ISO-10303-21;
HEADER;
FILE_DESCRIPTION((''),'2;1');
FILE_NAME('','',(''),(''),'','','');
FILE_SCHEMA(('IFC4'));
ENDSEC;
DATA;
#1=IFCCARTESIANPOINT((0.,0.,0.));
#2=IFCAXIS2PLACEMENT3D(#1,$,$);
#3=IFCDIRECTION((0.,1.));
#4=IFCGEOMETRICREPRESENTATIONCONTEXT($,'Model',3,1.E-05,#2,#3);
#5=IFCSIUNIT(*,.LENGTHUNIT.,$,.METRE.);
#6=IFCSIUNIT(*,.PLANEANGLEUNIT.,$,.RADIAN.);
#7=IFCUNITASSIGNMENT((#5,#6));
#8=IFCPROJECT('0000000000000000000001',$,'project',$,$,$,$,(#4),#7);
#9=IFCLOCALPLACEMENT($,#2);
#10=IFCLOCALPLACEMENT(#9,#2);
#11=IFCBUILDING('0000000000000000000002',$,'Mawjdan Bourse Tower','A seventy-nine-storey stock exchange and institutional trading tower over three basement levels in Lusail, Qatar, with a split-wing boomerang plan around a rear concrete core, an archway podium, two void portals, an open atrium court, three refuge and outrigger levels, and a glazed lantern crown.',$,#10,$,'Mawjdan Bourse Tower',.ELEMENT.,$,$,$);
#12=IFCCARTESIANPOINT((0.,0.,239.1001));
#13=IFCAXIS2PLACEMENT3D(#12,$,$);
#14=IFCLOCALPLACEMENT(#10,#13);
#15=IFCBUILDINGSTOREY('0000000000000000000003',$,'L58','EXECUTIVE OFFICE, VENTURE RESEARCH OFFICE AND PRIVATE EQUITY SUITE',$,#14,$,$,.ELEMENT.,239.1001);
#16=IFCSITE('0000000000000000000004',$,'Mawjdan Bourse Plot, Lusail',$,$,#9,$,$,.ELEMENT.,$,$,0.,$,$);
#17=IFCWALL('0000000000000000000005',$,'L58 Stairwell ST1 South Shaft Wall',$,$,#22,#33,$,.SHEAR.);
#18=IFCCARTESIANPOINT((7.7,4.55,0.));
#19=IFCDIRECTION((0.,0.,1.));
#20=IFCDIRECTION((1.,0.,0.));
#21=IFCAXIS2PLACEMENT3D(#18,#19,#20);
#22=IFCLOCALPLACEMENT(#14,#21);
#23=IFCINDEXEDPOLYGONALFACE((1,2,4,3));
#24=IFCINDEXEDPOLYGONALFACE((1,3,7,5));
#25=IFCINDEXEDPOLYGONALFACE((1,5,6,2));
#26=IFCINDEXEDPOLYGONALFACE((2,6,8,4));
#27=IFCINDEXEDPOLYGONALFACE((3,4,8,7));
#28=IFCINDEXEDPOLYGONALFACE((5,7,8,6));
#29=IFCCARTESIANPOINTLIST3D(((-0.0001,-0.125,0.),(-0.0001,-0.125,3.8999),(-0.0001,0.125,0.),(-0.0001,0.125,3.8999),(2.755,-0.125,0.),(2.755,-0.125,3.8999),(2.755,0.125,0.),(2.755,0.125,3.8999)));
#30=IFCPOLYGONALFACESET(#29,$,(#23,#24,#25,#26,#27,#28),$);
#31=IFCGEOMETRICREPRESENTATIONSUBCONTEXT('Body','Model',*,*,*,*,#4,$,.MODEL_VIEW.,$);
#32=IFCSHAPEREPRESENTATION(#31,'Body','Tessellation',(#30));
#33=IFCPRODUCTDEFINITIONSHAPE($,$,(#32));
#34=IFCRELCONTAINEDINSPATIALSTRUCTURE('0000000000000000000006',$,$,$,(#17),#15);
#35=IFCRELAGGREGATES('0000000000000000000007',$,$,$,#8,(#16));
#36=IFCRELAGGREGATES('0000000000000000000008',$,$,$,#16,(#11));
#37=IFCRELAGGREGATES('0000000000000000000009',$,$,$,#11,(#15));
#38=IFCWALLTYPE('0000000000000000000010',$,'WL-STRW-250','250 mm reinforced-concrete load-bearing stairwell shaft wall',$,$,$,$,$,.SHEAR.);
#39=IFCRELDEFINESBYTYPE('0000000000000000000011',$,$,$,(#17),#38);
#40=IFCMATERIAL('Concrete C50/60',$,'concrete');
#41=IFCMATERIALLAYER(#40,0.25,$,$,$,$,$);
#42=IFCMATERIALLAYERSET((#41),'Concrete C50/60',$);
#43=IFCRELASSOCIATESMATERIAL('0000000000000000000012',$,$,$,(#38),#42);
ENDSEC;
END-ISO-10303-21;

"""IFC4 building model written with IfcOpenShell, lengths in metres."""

from ifc_helpers import new_model, si_unit, direction, frame, frame_2d, origin, place, context, subcontext, project, spatial, rectangle, extrude, material, layer, layer_set, type_object, element, save


model = new_model("IFC4")

# Units and contexts
model_context = context("Model", 3, precision=1e-05, world=origin(), true_north=direction((0.0, 1.0)))
body_context = subcontext(model_context, "Body", "Model", "MODEL_VIEW")
ifc_project = project(units=[si_unit("LENGTHUNIT", "METRE"), si_unit("PLANEANGLEUNIT", "RADIAN")], contexts=[model_context])

# Site, building, storey
site_placement = place(None, origin())
site = spatial("IfcSite", under=ifc_project, at=site_placement, Name="Mawjdan Bourse Plot, Lusail", CompositionType="ELEMENT", RefElevation=0.0)
building_placement = place(site_placement, origin())
building = spatial("IfcBuilding", under=site, at=building_placement, Name="Mawjdan Bourse Tower", Description="A seventy-nine-storey stock exchange and institutional trading tower over three basement levels in Lusail, Qatar, with a split-wing boomerang plan around a rear concrete core, an archway podium, two void portals, an open atrium court, three refuge and outrigger levels, and a glazed lantern crown.", LongName="Mawjdan Bourse Tower", CompositionType="ELEMENT")
storey_placement = place(building_placement, frame((0.0, 0.0, 239.1001)))
storey = spatial("IfcBuildingStorey", under=building, at=storey_placement, Name="L58", Description="EXECUTIVE OFFICE, VENTURE RESEARCH OFFICE AND PRIVATE EQUITY SUITE", CompositionType="ELEMENT", Elevation=239.1001)

# Shared definitions
ifc_material_1 = material(Name="Concrete C50/60", Category="concrete")

# Wall
ifc_layer_1 = layer(ifc_material_1, 0.25)
ifc_layer_set_1 = layer_set([ifc_layer_1], Name="Concrete C50/60")
wall_type_1 = type_object("IfcWallType", Name="WL-STRW-250", Description="250 mm reinforced-concrete load-bearing stairwell shaft wall", PredefinedType="SHEAR", material=ifc_layer_set_1)
wall_1_placement = place(storey_placement, frame((7.7, 4.55, 0.0), z_axis=(0.0, 0.0, 1.0), x_axis=(1.0, 0.0, 0.0)))
element("IfcWall", 1, at=wall_1_placement, inside=storey, type_object=wall_type_1, Name="L58 Stairwell ST1 South Shaft Wall", PredefinedType="SHEAR", context=body_context, shape_type="SweptSolid", body=[
    extrude(rectangle(XDim=2.7551, YDim=0.25, at=frame_2d((1.3774, 0.0))), origin(), (0.0, 0.0, 1.0), 3.8999),
])

save(model, "model.ifc")
